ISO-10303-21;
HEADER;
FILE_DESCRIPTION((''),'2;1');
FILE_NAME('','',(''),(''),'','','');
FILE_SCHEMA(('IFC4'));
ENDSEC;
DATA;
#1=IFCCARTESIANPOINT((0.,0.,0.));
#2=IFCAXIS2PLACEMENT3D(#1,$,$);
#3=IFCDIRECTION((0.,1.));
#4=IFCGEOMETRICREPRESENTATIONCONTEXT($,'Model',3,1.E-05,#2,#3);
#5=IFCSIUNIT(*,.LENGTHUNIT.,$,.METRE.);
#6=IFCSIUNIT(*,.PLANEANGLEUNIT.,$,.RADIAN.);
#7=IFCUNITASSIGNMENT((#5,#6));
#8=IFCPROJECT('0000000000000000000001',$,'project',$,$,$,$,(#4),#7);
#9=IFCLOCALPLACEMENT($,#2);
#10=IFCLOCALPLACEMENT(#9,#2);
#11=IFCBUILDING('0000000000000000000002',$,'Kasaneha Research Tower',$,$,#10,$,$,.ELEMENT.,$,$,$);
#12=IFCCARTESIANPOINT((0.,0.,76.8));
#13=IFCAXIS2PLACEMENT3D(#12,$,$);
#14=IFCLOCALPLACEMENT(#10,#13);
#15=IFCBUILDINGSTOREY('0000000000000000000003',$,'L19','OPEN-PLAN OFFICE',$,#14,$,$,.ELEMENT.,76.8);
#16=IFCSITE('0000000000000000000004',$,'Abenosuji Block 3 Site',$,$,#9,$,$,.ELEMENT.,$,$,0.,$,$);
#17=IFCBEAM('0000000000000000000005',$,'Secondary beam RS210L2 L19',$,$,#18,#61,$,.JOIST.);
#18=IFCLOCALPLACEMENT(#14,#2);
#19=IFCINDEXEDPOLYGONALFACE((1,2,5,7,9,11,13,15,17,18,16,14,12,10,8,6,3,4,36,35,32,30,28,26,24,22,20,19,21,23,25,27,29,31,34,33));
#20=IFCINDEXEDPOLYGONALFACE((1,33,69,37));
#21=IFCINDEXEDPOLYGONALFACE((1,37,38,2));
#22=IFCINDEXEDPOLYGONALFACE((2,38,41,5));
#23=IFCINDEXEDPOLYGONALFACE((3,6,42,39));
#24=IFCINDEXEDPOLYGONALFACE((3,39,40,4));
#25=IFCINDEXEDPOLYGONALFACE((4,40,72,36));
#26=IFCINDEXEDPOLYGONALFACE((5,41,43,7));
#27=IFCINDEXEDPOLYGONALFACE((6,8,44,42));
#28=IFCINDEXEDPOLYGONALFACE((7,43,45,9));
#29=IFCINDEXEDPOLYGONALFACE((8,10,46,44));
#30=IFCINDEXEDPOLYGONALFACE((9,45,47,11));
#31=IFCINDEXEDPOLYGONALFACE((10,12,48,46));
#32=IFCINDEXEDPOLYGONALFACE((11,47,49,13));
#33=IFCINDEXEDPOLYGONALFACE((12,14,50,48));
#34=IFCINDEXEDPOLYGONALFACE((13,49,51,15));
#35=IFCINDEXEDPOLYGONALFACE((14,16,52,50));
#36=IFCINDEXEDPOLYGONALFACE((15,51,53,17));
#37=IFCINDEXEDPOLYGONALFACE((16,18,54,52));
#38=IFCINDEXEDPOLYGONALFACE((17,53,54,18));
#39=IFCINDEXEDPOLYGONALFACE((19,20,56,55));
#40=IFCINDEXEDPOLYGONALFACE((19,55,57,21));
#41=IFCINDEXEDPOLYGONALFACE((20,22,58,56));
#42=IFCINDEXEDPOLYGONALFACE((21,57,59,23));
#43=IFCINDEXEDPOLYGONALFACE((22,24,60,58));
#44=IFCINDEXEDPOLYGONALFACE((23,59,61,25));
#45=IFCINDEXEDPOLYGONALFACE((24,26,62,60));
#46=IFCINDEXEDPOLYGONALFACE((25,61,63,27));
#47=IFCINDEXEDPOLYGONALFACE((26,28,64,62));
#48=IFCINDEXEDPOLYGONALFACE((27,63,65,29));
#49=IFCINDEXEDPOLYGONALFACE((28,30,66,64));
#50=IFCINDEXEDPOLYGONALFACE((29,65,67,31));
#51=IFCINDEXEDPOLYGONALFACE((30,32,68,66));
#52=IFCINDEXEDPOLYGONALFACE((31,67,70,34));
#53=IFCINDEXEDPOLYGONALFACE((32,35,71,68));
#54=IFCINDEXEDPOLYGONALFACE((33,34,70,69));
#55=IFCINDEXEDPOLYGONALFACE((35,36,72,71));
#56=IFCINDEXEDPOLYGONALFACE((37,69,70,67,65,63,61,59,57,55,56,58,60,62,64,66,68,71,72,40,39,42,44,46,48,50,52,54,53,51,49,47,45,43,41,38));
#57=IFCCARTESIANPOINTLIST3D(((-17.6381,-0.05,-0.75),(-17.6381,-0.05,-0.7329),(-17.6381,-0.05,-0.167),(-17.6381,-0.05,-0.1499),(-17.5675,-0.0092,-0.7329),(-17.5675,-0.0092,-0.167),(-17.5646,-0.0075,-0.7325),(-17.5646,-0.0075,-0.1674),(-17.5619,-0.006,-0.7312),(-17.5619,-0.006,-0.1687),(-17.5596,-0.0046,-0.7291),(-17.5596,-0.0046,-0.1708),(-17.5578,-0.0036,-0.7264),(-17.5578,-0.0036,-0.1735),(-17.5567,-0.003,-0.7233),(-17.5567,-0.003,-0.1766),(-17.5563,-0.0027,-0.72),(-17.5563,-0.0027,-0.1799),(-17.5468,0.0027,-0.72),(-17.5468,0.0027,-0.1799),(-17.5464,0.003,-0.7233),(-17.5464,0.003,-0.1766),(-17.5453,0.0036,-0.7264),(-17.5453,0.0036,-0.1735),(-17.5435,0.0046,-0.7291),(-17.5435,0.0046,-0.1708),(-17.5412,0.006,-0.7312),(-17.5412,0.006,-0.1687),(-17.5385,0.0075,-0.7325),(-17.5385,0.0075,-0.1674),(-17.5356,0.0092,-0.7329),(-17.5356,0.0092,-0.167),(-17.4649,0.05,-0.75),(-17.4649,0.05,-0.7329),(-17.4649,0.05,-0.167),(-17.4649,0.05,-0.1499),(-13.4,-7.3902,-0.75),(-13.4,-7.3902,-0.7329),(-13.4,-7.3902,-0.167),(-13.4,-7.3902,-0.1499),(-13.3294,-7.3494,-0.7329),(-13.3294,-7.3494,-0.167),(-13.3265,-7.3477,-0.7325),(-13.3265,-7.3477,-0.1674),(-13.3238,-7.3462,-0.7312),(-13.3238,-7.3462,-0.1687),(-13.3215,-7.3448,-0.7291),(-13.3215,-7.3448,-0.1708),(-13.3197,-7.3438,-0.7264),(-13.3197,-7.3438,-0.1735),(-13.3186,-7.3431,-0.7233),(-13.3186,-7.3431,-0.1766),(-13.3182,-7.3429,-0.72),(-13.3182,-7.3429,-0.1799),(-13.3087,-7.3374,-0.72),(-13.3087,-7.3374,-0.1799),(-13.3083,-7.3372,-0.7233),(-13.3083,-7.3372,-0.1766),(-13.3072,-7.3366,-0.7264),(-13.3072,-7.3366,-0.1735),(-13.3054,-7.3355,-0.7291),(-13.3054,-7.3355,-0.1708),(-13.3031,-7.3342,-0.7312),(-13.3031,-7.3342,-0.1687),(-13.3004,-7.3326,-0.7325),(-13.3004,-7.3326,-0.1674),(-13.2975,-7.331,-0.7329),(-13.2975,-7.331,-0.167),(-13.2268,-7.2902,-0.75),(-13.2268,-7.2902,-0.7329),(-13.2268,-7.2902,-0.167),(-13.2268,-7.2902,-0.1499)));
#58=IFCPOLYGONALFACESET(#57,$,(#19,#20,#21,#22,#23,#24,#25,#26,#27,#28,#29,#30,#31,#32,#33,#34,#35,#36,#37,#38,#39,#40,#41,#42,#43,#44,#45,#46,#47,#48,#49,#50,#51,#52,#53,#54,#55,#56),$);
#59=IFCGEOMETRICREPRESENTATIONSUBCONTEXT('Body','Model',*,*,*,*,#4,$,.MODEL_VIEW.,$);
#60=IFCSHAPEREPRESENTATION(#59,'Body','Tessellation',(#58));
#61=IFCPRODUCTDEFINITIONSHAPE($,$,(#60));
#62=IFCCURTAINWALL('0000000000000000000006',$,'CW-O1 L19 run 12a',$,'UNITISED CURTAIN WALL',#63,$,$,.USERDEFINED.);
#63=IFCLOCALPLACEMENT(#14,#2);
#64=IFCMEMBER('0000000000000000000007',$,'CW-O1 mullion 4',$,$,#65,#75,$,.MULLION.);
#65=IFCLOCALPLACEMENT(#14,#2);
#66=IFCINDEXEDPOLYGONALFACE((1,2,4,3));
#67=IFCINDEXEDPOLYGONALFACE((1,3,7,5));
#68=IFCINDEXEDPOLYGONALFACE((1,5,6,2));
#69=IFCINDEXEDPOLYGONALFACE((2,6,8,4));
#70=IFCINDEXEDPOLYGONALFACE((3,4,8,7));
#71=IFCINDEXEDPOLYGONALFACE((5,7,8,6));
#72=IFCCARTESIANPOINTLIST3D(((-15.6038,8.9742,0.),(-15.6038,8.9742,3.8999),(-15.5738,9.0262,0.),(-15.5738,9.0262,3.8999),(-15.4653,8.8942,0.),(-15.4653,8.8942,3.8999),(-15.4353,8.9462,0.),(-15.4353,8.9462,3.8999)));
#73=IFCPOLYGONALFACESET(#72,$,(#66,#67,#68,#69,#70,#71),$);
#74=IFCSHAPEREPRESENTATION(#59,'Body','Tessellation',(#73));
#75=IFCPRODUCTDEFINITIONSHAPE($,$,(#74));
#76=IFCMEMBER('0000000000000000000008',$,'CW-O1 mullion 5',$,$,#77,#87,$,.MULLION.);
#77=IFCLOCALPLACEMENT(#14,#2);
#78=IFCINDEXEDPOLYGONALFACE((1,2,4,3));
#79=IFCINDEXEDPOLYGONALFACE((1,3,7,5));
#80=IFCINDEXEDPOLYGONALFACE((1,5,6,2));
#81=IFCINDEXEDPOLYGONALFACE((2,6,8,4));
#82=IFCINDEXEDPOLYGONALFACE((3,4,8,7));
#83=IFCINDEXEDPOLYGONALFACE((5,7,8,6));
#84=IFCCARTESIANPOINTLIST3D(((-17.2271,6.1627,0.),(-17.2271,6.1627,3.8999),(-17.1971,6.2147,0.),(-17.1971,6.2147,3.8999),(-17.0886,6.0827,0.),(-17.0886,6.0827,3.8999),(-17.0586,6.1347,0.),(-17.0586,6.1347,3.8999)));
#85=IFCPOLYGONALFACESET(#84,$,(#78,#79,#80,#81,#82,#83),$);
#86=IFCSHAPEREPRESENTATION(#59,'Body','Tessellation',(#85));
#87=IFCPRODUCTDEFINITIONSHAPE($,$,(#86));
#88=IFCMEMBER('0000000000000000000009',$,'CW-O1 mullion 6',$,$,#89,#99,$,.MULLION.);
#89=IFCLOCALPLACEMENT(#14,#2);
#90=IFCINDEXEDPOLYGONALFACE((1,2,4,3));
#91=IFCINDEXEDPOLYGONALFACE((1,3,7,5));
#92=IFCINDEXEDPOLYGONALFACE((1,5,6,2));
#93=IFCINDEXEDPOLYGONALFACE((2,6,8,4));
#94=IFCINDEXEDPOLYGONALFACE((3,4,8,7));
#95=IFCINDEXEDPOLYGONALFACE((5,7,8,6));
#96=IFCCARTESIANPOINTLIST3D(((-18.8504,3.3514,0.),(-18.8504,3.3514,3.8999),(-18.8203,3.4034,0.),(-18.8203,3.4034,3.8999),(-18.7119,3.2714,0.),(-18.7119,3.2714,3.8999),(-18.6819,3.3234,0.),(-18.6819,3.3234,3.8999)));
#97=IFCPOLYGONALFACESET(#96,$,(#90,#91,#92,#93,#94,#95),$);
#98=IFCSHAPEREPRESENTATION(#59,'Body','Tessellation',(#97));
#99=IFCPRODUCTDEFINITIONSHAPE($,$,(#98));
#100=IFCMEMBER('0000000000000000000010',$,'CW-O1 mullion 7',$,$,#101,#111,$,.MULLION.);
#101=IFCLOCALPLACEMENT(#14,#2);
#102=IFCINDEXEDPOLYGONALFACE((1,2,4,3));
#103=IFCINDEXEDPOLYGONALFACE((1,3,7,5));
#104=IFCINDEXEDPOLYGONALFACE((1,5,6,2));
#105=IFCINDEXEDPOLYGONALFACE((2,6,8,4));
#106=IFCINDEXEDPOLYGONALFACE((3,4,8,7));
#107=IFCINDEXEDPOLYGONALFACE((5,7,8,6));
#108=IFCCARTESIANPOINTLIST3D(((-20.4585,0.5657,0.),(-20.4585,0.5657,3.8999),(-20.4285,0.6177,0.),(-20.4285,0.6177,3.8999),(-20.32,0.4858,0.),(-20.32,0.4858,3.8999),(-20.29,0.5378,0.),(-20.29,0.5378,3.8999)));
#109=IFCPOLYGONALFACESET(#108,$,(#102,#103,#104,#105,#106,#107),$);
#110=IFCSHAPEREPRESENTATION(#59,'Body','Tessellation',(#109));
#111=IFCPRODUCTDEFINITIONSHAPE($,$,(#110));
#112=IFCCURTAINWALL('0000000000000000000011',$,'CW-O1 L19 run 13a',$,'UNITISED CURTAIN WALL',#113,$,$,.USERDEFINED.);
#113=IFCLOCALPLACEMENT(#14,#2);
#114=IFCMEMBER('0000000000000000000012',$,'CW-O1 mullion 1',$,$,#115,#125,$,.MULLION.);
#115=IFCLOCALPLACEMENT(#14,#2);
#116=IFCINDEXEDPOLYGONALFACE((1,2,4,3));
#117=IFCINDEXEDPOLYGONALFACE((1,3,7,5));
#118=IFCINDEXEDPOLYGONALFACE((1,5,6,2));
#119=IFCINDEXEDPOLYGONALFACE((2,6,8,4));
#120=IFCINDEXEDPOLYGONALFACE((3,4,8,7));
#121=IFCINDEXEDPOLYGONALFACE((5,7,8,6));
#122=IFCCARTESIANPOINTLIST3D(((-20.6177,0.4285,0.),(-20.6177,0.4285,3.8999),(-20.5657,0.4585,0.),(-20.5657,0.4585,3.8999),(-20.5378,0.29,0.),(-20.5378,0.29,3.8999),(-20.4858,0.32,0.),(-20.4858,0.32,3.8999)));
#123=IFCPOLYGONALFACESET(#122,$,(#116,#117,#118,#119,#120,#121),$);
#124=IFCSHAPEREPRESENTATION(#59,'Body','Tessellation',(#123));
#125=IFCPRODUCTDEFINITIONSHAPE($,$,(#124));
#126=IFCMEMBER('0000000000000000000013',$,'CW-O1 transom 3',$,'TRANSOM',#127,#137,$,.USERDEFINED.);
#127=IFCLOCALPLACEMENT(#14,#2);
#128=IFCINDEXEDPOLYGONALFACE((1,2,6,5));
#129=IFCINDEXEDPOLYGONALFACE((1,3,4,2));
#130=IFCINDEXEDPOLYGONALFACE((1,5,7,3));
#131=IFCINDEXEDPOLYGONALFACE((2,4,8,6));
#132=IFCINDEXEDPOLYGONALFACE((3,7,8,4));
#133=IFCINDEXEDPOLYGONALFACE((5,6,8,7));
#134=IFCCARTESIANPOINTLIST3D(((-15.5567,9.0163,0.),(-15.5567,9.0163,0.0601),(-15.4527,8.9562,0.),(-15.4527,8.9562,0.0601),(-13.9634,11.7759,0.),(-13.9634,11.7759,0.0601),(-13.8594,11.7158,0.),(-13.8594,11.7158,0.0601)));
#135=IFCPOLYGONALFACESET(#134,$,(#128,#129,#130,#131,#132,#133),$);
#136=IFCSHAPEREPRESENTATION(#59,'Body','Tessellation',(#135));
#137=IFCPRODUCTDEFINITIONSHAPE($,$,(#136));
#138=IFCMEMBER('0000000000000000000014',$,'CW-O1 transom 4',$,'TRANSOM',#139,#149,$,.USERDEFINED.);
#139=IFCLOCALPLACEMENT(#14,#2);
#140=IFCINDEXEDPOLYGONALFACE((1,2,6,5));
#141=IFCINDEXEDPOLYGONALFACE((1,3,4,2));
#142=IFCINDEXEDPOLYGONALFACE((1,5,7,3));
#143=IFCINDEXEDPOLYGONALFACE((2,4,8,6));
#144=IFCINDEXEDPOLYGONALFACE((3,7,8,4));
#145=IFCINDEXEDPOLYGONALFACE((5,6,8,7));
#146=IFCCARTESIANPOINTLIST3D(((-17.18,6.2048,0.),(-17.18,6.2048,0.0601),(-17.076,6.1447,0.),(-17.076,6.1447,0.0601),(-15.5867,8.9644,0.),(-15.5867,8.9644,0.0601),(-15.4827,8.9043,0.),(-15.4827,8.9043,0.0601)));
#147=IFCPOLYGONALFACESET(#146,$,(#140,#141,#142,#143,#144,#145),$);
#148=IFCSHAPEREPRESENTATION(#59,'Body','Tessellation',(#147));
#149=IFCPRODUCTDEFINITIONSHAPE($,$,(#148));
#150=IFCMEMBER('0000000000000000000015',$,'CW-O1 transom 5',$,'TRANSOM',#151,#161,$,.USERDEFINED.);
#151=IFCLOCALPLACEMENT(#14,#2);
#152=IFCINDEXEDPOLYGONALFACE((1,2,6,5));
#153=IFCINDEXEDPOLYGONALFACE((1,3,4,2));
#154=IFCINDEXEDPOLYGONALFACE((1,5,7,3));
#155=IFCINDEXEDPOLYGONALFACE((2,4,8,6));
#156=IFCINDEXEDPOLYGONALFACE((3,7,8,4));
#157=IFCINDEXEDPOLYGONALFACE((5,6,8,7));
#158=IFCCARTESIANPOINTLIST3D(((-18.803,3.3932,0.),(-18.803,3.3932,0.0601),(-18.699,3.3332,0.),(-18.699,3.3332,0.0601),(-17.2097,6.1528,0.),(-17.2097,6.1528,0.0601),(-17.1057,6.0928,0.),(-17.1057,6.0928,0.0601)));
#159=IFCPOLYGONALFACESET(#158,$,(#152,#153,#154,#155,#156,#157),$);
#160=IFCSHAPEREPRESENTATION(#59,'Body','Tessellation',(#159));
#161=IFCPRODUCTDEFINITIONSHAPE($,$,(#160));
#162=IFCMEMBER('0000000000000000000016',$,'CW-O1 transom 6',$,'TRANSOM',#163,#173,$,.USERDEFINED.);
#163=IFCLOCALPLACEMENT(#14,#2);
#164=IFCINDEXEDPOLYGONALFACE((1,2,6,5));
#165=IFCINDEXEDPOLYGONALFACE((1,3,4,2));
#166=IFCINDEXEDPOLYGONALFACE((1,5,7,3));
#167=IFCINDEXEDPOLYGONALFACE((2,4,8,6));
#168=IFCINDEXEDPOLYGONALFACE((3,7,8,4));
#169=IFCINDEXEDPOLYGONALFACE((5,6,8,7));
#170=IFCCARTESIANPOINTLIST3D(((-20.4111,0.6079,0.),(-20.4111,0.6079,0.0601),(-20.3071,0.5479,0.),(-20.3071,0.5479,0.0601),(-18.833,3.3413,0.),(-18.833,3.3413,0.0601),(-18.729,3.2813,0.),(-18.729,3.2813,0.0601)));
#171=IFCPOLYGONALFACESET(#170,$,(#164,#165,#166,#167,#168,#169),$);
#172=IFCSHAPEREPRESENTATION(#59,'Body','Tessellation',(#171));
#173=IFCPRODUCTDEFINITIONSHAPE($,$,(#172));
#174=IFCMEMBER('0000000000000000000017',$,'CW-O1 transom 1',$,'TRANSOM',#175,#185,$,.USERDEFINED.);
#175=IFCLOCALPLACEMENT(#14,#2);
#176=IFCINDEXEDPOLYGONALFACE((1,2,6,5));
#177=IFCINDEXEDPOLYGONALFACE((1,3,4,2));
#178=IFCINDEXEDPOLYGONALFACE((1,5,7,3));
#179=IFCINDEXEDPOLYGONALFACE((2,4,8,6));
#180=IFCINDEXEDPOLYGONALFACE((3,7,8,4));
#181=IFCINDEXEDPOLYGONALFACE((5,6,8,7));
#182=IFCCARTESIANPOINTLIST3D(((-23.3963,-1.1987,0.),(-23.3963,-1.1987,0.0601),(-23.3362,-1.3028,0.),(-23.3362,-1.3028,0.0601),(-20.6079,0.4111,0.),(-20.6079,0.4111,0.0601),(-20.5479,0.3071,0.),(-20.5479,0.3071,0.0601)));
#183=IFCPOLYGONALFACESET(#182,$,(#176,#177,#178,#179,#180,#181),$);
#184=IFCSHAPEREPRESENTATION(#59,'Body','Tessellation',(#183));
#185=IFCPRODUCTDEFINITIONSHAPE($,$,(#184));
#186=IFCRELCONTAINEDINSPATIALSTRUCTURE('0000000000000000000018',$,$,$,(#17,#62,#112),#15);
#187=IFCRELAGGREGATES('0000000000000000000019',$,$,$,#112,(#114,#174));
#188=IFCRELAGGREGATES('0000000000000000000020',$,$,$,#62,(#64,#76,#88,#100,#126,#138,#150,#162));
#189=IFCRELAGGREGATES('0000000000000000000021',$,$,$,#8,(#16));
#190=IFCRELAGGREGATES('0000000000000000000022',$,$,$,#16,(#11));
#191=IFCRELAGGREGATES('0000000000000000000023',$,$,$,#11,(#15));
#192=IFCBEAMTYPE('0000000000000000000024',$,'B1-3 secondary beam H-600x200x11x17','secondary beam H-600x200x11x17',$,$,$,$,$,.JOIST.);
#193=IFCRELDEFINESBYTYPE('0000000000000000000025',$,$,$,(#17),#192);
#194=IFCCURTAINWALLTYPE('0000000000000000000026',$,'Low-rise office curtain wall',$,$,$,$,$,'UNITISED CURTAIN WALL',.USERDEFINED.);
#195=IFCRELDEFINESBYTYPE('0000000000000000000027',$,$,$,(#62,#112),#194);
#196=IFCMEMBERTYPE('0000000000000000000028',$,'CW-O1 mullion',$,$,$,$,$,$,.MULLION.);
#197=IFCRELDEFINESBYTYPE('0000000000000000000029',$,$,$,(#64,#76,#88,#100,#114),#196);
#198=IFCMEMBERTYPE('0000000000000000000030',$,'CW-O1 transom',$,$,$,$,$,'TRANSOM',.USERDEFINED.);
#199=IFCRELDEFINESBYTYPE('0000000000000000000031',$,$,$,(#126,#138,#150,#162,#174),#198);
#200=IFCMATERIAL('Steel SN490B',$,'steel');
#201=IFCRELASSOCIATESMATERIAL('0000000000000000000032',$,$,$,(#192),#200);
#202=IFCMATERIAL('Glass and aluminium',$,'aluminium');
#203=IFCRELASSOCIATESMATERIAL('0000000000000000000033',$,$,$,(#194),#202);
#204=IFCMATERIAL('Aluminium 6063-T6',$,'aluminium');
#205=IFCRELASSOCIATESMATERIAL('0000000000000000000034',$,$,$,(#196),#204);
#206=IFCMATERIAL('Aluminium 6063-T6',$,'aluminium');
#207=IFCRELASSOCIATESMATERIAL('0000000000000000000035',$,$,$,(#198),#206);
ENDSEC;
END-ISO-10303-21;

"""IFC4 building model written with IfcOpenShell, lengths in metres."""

from ifc_helpers import new_model, si_unit, direction, frame, origin, origin_2d, place, context, subcontext, project, spatial, rectangle, i_section, extrude, material, material_profile, profile_set, type_object, element, aggregate, save


model = new_model("IFC4")

# Units and contexts
model_context = context("Model", 3, precision=1e-05, world=origin(), true_north=direction((0.0, 1.0)))
body_context = subcontext(model_context, "Body", "Model", "MODEL_VIEW")
ifc_project = project(units=[si_unit("LENGTHUNIT", "METRE"), si_unit("PLANEANGLEUNIT", "RADIAN")], contexts=[model_context])

# Site, building, storey
site_placement = place(None, origin())
site = spatial("IfcSite", under=ifc_project, at=site_placement, Name="Abenosuji Block 3 Site", CompositionType="ELEMENT", RefElevation=0.0)
building_placement = place(site_placement, origin())
building = spatial("IfcBuilding", under=site, at=building_placement, Name="Kasaneha Research Tower", CompositionType="ELEMENT")
storey_placement = place(building_placement, frame((0.0, 0.0, 76.8)))
storey = spatial("IfcBuildingStorey", under=building, at=storey_placement, Name="L19", Description="OPEN-PLAN OFFICE", CompositionType="ELEMENT", Elevation=76.8)

# Beam
ifc_material_1 = material(Name="Steel SN490B", Category="steel")
ifc_material_profile_1 = material_profile(ifc_material_1, i_section(OverallWidth=0.2, OverallDepth=0.6001, WebThickness=0.011, FlangeThickness=0.0171, FilletRadius=0.0129, at=origin_2d()), Name="H-600x200x11x17")
ifc_profile_set_1 = profile_set([ifc_material_profile_1], Name="Steel SN490B")
beam_type_1 = type_object("IfcBeamType", Name="B1-3 secondary beam H-600x200x11x17", Description="secondary beam H-600x200x11x17", PredefinedType="JOIST", material=ifc_profile_set_1)
beam_1_placement = place(storey_placement, frame((-17.5515, 0.0, -0.45), z_axis=(0.500021, -0.866013, 0.0), x_axis=(0.866013, 0.500021, 0.0)))
element("IfcBeam", 1, at=beam_1_placement, inside=storey, type_object=beam_type_1, Name="Secondary beam RS210L2 L19", PredefinedType="JOIST", context=body_context, shape_type="SweptSolid", body=[
    extrude(i_section(OverallWidth=0.2, OverallDepth=0.6001, WebThickness=0.011, FlangeThickness=0.0171, FilletRadius=0.0129, at=origin_2d()), origin(), (0.0, 0.0, 1.0), 8.4758),
])

# Curtain wall, members
ifc_material_2 = material(Name="Glass and aluminium", Category="aluminium")
curtain_wall_type = type_object("IfcCurtainWallType", Name="Low-rise office curtain wall", ElementType="UNITISED CURTAIN WALL", PredefinedType="USERDEFINED", material=ifc_material_2)
curtain_wall_1_placement = place(storey_placement, origin())
curtain_wall_1 = element("IfcCurtainWall", 2, at=curtain_wall_1_placement, inside=storey, type_object=curtain_wall_type, Name="CW-O1 L19 run 12a", ObjectType="UNITISED CURTAIN WALL", PredefinedType="USERDEFINED")
ifc_material_3 = material(Name="Aluminium 6063-T6", Category="aluminium")
ifc_material_profile_2 = material_profile(ifc_material_3, rectangle(XDim=0.0601, YDim=0.1599, at=origin_2d()), Name="CW-O1 mullion 60x160")
ifc_profile_set_2 = profile_set([ifc_material_profile_2], Name="Aluminium 6063-T6")
member_type_1 = type_object("IfcMemberType", Name="CW-O1 mullion", PredefinedType="MULLION", material=ifc_profile_set_2)
member_1_placement = place(storey_placement, frame((-15.5195, 8.9602, 0.0), z_axis=(0.0, 0.0, 1.0), x_axis=(-0.5, -0.866025, 0.0)))
member_1 = element("IfcMember", 3, at=member_1_placement, type_object=member_type_1, Name="CW-O1 mullion 4", PredefinedType="MULLION", context=body_context, shape_type="SweptSolid", body=[
    extrude(rectangle(XDim=0.0601, YDim=0.1599, at=origin_2d()), origin(), (0.0, 0.0, 1.0), 3.8999),
])
member_2_placement = place(storey_placement, frame((-17.1428, 6.1487, 0.0), z_axis=(0.0, 0.0, 1.0), x_axis=(-0.5, -0.866025, 0.0)))
member_2 = element("IfcMember", 4, at=member_2_placement, type_object=member_type_1, Name="CW-O1 mullion 5", PredefinedType="MULLION", context=body_context, shape_type="SweptSolid", body=[
    extrude(rectangle(XDim=0.0601, YDim=0.1599, at=origin_2d()), origin(), (0.0, 0.0, 1.0), 3.8999),
])
member_3_placement = place(storey_placement, frame((-18.7661, 3.3374, 0.0), z_axis=(0.0, 0.0, 1.0), x_axis=(-0.5, -0.866025, 0.0)))
member_3 = element("IfcMember", 5, at=member_3_placement, type_object=member_type_1, Name="CW-O1 mullion 6", PredefinedType="MULLION", context=body_context, shape_type="SweptSolid", body=[
    extrude(rectangle(XDim=0.0601, YDim=0.1599, at=origin_2d()), origin(), (0.0, 0.0, 1.0), 3.8999),
])
member_4_placement = place(storey_placement, frame((-20.3743, 0.5518, 0.0), z_axis=(0.0, 0.0, 1.0), x_axis=(-0.5, -0.866025, 0.0)))
member_4 = element("IfcMember", 6, at=member_4_placement, type_object=member_type_1, Name="CW-O1 mullion 7", PredefinedType="MULLION", context=body_context, shape_type="SweptSolid", body=[
    extrude(rectangle(XDim=0.0601, YDim=0.1599, at=origin_2d()), origin(), (0.0, 0.0, 1.0), 3.8999),
])

# Curtain wall, member
curtain_wall_2_placement = place(storey_placement, origin())
curtain_wall_2 = element("IfcCurtainWall", 7, at=curtain_wall_2_placement, inside=storey, type_object=curtain_wall_type, Name="CW-O1 L19 run 13a", ObjectType="UNITISED CURTAIN WALL", PredefinedType="USERDEFINED")
member_5_placement = place(storey_placement, frame((-20.5518, 0.3743, 0.0), z_axis=(0.0, 0.0, 1.0), x_axis=(-0.866025, -0.5, 0.0)))
member_5 = element("IfcMember", 8, at=member_5_placement, type_object=member_type_1, Name="CW-O1 mullion 1", PredefinedType="MULLION", context=body_context, shape_type="SweptSolid", body=[
    extrude(rectangle(XDim=0.0601, YDim=0.1599, at=origin_2d()), origin(), (0.0, 0.0, 1.0), 3.8999),
])

# Members
ifc_material_4 = material(Name="Aluminium 6063-T6", Category="aluminium")
ifc_material_profile_3 = material_profile(ifc_material_4, rectangle(XDim=0.1201, YDim=0.0601, at=origin_2d()), Name="CW-O1 transom 120x60")
ifc_profile_set_3 = profile_set([ifc_material_profile_3], Name="Aluminium 6063-T6")
member_type_2 = type_object("IfcMemberType", Name="CW-O1 transom", ElementType="TRANSOM", PredefinedType="USERDEFINED", material=ifc_profile_set_3)
member_6_placement = place(storey_placement, frame((-13.9114, 11.7458, 0.03), z_axis=(-0.500012, -0.866018, 0.0), x_axis=(0.866018, -0.500012, 0.0)))
member_6 = element("IfcMember", 9, at=member_6_placement, type_object=member_type_2, Name="CW-O1 transom 3", ObjectType="TRANSOM", PredefinedType="USERDEFINED", context=body_context, shape_type="SweptSolid", body=[
    extrude(rectangle(XDim=0.1201, YDim=0.0601, at=origin_2d()), origin(), (0.0, 0.0, 1.0), 3.1865),
])
member_7_placement = place(storey_placement, frame((-15.5347, 8.9343, 0.03), z_axis=(-0.500012, -0.866018, 0.0), x_axis=(0.866018, -0.500012, 0.0)))
member_7 = element("IfcMember", 10, at=member_7_placement, type_object=member_type_2, Name="CW-O1 transom 4", ObjectType="TRANSOM", PredefinedType="USERDEFINED", context=body_context, shape_type="SweptSolid", body=[
    extrude(rectangle(XDim=0.1201, YDim=0.0601, at=origin_2d()), origin(), (0.0, 0.0, 1.0), 3.1865),
])
member_8_placement = place(storey_placement, frame((-17.1577, 6.1228, 0.03), z_axis=(-0.500012, -0.866018, 0.0), x_axis=(0.866018, -0.500012, 0.0)))
member_8 = element("IfcMember", 11, at=member_8_placement, type_object=member_type_2, Name="CW-O1 transom 5", ObjectType="TRANSOM", PredefinedType="USERDEFINED", context=body_context, shape_type="SweptSolid", body=[
    extrude(rectangle(XDim=0.1201, YDim=0.0601, at=origin_2d()), origin(), (0.0, 0.0, 1.0), 3.1865),
])
member_9_placement = place(storey_placement, frame((-18.781, 3.3113, 0.03), z_axis=(-0.499999, -0.866026, 0.0), x_axis=(0.866026, -0.499999, 0.0)))
member_9 = element("IfcMember", 12, at=member_9_placement, type_object=member_type_2, Name="CW-O1 transom 6", ObjectType="TRANSOM", PredefinedType="USERDEFINED", context=body_context, shape_type="SweptSolid", body=[
    extrude(rectangle(XDim=0.1201, YDim=0.0601, at=origin_2d()), origin(), (0.0, 0.0, 1.0), 3.1562),
])
member_10_placement = place(storey_placement, frame((-20.5779, 0.3591, 0.03), z_axis=(-0.866023, -0.500005, 0.0), x_axis=(0.500005, -0.866023, 0.0)))
member_10 = element("IfcMember", 13, at=member_10_placement, type_object=member_type_2, Name="CW-O1 transom 1", ObjectType="TRANSOM", PredefinedType="USERDEFINED", context=body_context, shape_type="SweptSolid", body=[
    extrude(rectangle(XDim=0.1201, YDim=0.0601, at=origin_2d()), origin(), (0.0, 0.0, 1.0), 3.2197),
])
aggregate(curtain_wall_2, [member_5, member_10])

aggregate(curtain_wall_1, [member_1, member_2, member_3, member_4, member_6, member_7, member_8, member_9])

save(model, "model.ifc")
